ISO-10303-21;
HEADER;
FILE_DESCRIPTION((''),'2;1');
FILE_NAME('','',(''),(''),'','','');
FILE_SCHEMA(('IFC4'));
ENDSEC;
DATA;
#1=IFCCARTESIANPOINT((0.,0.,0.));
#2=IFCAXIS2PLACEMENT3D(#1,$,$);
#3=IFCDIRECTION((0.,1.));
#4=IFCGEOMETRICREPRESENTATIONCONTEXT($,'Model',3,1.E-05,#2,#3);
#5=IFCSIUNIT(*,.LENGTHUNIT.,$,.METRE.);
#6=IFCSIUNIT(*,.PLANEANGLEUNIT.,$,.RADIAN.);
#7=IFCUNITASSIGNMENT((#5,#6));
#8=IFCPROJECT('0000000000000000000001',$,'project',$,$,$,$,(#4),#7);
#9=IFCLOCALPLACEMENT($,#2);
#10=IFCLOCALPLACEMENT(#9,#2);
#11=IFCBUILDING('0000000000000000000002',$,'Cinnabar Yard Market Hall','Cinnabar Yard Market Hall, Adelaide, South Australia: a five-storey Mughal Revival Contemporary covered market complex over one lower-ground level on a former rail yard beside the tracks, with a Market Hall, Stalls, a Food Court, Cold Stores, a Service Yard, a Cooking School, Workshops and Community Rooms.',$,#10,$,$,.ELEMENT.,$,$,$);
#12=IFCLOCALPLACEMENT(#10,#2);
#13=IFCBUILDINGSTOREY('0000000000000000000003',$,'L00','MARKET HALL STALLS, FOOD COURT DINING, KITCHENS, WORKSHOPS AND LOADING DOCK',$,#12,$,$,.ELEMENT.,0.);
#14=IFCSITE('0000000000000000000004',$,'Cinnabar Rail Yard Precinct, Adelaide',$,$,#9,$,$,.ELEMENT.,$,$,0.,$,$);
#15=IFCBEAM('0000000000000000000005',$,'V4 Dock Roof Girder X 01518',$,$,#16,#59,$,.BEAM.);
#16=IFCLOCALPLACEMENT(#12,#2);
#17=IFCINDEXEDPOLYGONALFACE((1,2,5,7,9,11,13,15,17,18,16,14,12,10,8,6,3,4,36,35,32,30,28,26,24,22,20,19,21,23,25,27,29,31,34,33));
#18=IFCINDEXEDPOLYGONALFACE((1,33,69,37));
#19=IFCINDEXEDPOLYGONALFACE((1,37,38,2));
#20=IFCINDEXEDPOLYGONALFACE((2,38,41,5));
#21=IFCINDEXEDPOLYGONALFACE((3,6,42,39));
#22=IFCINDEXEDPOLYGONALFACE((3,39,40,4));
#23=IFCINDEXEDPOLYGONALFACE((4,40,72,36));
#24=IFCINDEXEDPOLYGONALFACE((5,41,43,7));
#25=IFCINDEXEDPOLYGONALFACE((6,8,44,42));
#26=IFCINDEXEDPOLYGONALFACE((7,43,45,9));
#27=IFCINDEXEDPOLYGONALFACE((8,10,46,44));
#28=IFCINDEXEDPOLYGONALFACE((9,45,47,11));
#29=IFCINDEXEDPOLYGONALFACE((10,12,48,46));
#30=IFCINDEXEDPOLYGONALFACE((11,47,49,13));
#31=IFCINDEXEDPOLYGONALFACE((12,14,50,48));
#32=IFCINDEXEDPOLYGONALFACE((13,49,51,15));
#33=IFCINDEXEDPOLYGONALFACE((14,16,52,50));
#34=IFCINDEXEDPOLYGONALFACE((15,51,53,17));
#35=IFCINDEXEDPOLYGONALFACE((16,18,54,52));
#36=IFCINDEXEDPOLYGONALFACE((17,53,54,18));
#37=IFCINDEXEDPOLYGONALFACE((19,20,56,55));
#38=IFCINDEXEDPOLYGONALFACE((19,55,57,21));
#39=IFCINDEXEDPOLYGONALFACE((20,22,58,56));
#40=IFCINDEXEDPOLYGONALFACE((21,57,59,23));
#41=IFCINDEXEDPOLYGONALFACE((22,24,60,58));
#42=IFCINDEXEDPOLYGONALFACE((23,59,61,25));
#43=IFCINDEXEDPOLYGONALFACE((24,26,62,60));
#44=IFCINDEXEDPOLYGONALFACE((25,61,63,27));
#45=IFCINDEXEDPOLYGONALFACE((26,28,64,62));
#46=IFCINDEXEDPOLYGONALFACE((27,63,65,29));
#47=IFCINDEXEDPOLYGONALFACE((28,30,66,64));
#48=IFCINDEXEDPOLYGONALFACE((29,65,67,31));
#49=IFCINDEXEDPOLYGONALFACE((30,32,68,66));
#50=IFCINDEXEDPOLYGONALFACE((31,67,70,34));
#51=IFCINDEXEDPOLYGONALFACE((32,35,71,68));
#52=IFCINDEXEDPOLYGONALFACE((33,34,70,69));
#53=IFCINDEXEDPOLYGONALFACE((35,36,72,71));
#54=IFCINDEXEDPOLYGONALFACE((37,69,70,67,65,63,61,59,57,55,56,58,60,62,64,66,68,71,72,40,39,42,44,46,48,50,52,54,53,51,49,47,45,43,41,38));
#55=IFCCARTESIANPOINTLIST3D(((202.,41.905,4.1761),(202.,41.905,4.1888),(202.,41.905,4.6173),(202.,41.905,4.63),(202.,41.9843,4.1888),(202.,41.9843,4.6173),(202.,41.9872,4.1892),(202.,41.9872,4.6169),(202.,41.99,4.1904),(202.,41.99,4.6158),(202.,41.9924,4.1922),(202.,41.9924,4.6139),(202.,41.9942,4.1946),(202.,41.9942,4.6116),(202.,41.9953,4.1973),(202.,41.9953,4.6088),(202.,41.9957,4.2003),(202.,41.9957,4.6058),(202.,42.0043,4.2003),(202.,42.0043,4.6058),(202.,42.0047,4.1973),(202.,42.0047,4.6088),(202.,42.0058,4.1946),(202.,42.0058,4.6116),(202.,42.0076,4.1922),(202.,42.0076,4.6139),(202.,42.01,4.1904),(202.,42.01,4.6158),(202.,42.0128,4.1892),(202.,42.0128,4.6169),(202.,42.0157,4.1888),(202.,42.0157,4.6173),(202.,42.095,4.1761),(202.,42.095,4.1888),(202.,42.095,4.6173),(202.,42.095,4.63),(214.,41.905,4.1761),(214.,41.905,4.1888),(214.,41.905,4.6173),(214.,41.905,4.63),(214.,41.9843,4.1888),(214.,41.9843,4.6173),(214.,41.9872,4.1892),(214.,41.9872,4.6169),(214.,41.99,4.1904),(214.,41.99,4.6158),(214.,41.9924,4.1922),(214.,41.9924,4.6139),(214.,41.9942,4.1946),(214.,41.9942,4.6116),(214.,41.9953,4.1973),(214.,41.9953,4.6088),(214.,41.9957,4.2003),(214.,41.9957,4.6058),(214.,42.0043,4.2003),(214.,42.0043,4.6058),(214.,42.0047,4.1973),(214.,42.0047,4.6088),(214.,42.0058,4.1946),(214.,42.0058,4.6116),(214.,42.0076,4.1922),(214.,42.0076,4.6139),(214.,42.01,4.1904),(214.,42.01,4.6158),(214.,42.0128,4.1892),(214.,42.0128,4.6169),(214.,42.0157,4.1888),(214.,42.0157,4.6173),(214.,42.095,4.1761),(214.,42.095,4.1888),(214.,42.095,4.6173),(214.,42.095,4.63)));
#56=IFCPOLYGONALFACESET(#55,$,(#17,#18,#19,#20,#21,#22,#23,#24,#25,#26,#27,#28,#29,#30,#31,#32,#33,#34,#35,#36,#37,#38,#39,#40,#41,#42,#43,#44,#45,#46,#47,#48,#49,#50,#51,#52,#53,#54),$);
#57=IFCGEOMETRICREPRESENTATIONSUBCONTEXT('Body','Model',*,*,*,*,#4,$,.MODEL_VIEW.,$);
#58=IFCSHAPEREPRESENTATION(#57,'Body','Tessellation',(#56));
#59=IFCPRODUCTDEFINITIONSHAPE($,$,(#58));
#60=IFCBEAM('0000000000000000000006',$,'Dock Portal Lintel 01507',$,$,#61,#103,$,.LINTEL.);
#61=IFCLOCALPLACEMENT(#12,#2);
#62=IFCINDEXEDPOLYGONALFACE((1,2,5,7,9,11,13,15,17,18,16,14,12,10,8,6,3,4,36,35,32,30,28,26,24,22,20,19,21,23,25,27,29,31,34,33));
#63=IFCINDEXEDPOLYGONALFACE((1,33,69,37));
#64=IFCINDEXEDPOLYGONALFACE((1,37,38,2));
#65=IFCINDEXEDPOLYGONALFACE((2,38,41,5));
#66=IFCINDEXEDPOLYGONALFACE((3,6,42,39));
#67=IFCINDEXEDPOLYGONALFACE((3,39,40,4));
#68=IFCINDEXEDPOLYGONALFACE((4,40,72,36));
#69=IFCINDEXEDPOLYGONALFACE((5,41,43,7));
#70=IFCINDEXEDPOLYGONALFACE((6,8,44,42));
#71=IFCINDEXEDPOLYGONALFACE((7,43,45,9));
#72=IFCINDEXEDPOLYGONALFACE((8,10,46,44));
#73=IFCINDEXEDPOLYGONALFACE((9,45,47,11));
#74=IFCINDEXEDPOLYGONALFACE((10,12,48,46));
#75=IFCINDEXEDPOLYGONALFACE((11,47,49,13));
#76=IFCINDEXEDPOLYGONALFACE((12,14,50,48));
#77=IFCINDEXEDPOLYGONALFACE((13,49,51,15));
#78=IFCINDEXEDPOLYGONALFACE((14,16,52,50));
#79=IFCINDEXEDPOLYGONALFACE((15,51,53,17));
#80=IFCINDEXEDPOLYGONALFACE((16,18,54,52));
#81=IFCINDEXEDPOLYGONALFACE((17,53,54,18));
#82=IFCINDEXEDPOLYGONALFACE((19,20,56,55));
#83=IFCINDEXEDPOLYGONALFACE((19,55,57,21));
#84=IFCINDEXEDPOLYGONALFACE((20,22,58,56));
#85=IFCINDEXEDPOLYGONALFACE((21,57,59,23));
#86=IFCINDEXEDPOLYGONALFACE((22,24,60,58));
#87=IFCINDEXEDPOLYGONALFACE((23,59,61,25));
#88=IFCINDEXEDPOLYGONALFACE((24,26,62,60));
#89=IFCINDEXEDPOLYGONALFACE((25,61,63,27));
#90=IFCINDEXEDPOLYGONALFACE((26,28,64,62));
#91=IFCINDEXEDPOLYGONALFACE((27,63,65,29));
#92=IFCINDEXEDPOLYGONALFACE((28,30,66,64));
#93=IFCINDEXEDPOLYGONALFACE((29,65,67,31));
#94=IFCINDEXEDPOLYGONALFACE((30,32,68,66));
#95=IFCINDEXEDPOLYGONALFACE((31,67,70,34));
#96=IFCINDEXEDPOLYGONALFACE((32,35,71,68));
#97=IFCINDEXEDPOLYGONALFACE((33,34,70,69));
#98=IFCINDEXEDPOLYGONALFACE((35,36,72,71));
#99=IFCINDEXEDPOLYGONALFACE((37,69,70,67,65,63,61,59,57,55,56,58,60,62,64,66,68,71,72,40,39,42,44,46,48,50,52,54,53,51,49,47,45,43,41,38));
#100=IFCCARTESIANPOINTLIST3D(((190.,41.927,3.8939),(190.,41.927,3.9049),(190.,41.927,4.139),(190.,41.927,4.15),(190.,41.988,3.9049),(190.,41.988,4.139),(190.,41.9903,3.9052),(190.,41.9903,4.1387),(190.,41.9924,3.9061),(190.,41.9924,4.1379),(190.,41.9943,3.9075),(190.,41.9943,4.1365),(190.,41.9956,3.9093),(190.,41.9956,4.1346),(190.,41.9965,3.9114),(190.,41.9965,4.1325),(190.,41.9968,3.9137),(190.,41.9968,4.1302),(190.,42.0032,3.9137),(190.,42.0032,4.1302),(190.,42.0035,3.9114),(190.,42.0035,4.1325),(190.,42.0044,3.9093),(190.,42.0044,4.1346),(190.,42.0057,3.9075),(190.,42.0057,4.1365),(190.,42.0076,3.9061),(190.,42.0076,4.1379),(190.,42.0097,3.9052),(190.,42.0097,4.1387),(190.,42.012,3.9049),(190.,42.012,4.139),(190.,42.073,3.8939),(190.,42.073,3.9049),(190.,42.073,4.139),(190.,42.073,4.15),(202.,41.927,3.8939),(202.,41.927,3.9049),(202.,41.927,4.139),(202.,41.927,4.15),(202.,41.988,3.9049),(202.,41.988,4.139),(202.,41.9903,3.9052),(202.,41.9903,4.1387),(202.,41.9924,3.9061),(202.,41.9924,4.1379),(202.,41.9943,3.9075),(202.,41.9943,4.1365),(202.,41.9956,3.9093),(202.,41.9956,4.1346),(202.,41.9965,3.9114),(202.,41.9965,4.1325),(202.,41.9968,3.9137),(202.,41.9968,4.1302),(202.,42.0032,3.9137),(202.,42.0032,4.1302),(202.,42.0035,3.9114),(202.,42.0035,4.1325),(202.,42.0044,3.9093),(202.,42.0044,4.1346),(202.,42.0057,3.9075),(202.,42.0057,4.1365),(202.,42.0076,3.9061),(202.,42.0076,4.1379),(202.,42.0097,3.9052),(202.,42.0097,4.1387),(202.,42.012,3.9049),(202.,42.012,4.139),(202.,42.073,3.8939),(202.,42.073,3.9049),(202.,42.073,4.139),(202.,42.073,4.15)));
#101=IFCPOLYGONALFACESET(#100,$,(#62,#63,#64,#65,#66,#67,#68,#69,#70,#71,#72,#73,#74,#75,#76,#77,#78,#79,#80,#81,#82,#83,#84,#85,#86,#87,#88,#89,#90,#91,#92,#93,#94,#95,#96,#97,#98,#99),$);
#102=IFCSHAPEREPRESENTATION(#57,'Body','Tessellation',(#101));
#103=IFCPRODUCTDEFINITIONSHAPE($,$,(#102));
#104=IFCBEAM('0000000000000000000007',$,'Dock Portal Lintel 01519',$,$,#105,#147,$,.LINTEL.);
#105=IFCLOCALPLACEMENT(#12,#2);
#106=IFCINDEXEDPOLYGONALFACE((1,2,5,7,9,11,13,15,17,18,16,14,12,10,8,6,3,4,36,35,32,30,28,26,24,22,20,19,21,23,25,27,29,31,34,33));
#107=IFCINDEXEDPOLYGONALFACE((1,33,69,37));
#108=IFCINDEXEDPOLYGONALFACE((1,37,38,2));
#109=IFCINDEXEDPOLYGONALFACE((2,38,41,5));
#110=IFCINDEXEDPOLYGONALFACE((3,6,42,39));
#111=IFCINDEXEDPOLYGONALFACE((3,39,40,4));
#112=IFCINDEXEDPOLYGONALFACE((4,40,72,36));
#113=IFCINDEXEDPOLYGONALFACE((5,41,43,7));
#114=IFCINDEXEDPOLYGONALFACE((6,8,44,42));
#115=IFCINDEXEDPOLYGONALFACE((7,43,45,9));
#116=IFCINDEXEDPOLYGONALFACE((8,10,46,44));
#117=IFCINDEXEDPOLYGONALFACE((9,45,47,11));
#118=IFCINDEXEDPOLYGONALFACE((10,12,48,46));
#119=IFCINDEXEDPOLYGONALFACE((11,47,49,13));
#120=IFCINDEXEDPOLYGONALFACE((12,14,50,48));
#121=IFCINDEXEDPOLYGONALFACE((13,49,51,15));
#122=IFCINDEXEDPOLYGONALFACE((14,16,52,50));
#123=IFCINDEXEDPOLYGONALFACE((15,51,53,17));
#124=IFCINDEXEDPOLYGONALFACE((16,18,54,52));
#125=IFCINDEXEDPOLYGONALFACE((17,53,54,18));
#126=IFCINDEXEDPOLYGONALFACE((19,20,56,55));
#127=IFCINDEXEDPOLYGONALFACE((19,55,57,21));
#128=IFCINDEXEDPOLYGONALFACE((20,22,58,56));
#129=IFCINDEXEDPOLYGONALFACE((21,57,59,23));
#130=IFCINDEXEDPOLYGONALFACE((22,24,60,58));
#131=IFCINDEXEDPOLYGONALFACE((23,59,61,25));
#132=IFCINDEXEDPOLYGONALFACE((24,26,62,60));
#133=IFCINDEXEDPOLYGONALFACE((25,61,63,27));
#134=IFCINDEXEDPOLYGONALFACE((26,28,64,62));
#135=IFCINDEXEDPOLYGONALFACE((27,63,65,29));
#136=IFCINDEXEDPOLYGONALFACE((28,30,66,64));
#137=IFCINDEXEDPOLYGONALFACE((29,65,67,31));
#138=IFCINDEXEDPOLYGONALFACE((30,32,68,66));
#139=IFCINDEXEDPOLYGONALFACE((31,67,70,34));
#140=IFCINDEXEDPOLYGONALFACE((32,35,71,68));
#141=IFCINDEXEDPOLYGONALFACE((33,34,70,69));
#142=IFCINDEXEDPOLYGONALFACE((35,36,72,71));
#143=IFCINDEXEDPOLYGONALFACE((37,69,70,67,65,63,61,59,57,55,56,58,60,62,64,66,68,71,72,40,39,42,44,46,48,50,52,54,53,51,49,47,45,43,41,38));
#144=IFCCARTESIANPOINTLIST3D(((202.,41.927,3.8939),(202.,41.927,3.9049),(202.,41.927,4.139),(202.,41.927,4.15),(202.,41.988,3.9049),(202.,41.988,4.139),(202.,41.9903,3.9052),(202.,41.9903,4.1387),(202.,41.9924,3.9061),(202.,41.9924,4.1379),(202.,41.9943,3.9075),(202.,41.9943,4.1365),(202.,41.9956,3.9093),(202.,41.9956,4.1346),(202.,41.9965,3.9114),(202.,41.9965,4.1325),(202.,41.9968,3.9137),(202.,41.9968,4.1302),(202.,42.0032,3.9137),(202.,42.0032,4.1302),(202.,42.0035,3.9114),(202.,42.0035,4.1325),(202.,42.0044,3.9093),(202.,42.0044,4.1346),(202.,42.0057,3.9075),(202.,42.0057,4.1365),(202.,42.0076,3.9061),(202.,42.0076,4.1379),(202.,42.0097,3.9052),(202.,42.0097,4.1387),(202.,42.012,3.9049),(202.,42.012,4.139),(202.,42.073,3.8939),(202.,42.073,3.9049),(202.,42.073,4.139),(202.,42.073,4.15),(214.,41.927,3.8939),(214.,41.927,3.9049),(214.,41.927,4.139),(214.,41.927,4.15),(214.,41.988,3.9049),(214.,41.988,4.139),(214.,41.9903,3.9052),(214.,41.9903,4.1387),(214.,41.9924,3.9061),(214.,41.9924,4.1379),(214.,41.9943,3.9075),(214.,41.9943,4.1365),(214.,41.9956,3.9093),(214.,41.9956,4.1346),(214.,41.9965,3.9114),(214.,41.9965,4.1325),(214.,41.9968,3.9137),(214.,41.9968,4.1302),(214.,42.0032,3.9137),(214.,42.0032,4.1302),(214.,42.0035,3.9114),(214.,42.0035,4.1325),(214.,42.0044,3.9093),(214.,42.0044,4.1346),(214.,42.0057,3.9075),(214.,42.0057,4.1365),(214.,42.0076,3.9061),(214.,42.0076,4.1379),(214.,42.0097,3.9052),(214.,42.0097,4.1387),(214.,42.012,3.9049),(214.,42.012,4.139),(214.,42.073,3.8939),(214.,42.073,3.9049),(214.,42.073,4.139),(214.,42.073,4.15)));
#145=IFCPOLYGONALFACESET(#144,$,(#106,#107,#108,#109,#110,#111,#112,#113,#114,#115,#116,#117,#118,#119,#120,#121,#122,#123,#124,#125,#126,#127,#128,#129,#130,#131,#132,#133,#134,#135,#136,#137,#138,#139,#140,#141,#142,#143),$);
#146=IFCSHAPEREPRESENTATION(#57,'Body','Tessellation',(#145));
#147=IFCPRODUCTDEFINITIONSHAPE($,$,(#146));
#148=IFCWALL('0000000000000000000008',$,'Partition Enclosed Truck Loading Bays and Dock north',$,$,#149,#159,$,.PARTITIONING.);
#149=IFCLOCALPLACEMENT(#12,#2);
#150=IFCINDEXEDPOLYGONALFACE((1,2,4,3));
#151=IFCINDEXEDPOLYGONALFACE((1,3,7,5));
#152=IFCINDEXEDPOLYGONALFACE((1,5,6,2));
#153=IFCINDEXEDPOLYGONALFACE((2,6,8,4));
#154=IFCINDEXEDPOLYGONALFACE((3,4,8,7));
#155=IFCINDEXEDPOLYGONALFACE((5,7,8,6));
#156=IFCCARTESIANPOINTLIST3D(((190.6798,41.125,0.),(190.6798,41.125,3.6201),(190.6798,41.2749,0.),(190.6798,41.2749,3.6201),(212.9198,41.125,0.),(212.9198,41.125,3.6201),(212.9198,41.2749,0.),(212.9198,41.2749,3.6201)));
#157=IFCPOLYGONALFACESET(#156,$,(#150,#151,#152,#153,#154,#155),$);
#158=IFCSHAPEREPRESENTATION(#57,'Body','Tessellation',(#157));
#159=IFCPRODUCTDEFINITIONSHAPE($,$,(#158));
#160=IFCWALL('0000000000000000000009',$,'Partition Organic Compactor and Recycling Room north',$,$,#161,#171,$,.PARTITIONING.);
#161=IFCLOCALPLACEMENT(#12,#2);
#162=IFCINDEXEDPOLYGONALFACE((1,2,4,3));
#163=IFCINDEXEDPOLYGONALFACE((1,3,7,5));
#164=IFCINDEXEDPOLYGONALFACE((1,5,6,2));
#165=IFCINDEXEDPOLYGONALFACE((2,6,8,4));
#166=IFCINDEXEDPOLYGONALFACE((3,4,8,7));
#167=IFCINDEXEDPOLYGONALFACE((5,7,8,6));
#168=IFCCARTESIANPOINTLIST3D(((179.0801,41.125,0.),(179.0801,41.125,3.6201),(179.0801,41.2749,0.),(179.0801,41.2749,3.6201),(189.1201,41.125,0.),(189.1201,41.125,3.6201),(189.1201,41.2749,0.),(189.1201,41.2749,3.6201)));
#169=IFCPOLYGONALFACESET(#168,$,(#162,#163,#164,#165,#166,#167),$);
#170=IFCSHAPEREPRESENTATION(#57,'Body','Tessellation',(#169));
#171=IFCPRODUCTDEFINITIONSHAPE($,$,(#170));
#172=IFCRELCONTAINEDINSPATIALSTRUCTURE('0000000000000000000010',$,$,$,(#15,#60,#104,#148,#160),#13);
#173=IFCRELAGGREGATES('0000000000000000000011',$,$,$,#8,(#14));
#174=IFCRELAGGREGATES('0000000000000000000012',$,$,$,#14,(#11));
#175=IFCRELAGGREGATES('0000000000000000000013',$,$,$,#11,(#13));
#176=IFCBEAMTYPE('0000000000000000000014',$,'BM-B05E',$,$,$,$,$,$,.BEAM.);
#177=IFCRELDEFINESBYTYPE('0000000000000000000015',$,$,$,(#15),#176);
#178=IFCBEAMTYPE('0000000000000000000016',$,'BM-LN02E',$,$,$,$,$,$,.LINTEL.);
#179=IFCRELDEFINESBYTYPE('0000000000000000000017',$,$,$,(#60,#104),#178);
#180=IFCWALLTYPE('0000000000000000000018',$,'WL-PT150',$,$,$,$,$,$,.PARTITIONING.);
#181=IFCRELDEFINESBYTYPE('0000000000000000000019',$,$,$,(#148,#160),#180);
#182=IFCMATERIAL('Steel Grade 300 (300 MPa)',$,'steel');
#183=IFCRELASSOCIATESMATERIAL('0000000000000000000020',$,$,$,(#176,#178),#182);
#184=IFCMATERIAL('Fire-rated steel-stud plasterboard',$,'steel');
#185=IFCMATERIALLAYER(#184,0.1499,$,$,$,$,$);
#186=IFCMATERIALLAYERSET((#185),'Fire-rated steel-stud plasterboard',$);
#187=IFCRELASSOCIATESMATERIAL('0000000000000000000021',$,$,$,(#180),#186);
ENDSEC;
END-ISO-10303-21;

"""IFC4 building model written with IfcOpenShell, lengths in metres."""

from ifc_helpers import new_model, si_unit, direction, frame, frame_2d, origin, origin_2d_with_axis, place, context, subcontext, project, spatial, rectangle, i_section, extrude, material, layer, layer_set, material_profile, profile_set, type_object, element, save


model = new_model("IFC4")

# Units and contexts
model_context = context("Model", 3, precision=1e-05, world=origin(), true_north=direction((0.0, 1.0)))
body_context = subcontext(model_context, "Body", "Model", "MODEL_VIEW")
ifc_project = project(units=[si_unit("LENGTHUNIT", "METRE"), si_unit("PLANEANGLEUNIT", "RADIAN")], contexts=[model_context])

# Site, building, storey
site_placement = place(None, origin())
site = spatial("IfcSite", under=ifc_project, at=site_placement, Name="Cinnabar Rail Yard Precinct, Adelaide", CompositionType="ELEMENT", RefElevation=0.0)
building_placement = place(site_placement, origin())
building = spatial("IfcBuilding", under=site, at=building_placement, Name="Cinnabar Yard Market Hall", Description="Cinnabar Yard Market Hall, Adelaide, South Australia: a five-storey Mughal Revival Contemporary covered market complex over one lower-ground level on a former rail yard beside the tracks, with a Market Hall, Stalls, a Food Court, Cold Stores, a Service Yard, a Cooking School, Workshops and Community Rooms.", CompositionType="ELEMENT")
storey_placement = place(building_placement, origin())
storey = spatial("IfcBuildingStorey", under=building, at=storey_placement, Name="L00", Description="MARKET HALL STALLS, FOOD COURT DINING, KITCHENS, WORKSHOPS AND LOADING DOCK", CompositionType="ELEMENT", Elevation=0.0)

# Shared definitions
ifc_material_1 = material(Name="Steel Grade 300 (300 MPa)", Category="steel")

# Beams
ifc_material_profile_1 = material_profile(ifc_material_1, i_section(OverallWidth=0.1899, OverallDepth=0.4539, WebThickness=0.0085, FlangeThickness=0.0127, FilletRadius=0.0115, at=origin_2d_with_axis()), Name="460UB67.1")
ifc_profile_set_1 = profile_set([ifc_material_profile_1], Name="Steel Grade 300 (300 MPa)")
beam_type_1 = type_object("IfcBeamType", Name="BM-B05E", PredefinedType="BEAM", material=ifc_profile_set_1)
for number, where, z_axis, x_axis, name in (
    (1, (202.0, 42.0, 4.4031), (1.0, 0.0, 0.0), (0.0, 1.0, 0.0), "V4 Dock Roof Girder X 01518"),
):
    element("IfcBeam", number, at=place(storey_placement, frame(where, z_axis=z_axis, x_axis=x_axis)), inside=storey, type_object=beam_type_1, Name=name, PredefinedType="BEAM", context=body_context, shape_type="SweptSolid", body=[
        extrude(i_section(OverallWidth=0.1899, OverallDepth=0.4539, WebThickness=0.0085, FlangeThickness=0.0127, FilletRadius=0.0115, at=origin_2d_with_axis()), origin(), (0.0, 0.0, 1.0), 12.0),
    ])
ifc_material_profile_2 = material_profile(ifc_material_1, i_section(OverallWidth=0.146, OverallDepth=0.2561, WebThickness=0.0063, FlangeThickness=0.011, FilletRadius=0.0088, at=origin_2d_with_axis()), Name="250UB37.3")
ifc_profile_set_2 = profile_set([ifc_material_profile_2], Name="Steel Grade 300 (300 MPa)")
beam_type_2 = type_object("IfcBeamType", Name="BM-LN02E", PredefinedType="LINTEL", material=ifc_profile_set_2)
for number, where, z_axis, x_axis, name in (
    (2, (190.0, 42.0, 4.022), (1.0, 0.0, 0.0), (0.0, 1.0, 0.0), "Dock Portal Lintel 01507"),
    (3, (202.0, 42.0, 4.022), (1.0, 0.0, 0.0), (0.0, 1.0, 0.0), "Dock Portal Lintel 01519"),
):
    element("IfcBeam", number, at=place(storey_placement, frame(where, z_axis=z_axis, x_axis=x_axis)), inside=storey, type_object=beam_type_2, Name=name, PredefinedType="LINTEL", context=body_context, shape_type="SweptSolid", body=[
        extrude(i_section(OverallWidth=0.146, OverallDepth=0.2561, WebThickness=0.0063, FlangeThickness=0.011, FilletRadius=0.0088, at=origin_2d_with_axis()), origin(), (0.0, 0.0, 1.0), 12.0),
    ])

# Walls
ifc_material_2 = material(Name="Fire-rated steel-stud plasterboard", Category="steel")
ifc_layer_1 = layer(ifc_material_2, 0.1499)
ifc_layer_set_1 = layer_set([ifc_layer_1], Name="Fire-rated steel-stud plasterboard")
wall_type_1 = type_object("IfcWallType", Name="WL-PT150", PredefinedType="PARTITIONING", material=ifc_layer_set_1)
wall_1_placement = place(storey_placement, frame((212.9199, 41.2, 0.0), z_axis=(0.0, 0.0, 1.0), x_axis=(-1.0, 0.0, 0.0)))
element("IfcWall", 4, at=wall_1_placement, inside=storey, type_object=wall_type_1, Name="Partition Enclosed Truck Loading Bays and Dock north", PredefinedType="PARTITIONING", context=body_context, shape_type="SweptSolid", body=[
    extrude(rectangle(XDim=22.24, YDim=0.1499, at=frame_2d((11.1201, 0.0), x_axis=(1.0, 0.0))), origin(), (0.0, 0.0, 1.0), 3.6201),
])
wall_2_placement = place(storey_placement, frame((189.1201, 41.2, 0.0), z_axis=(0.0, 0.0, 1.0), x_axis=(-1.0, 0.0, 0.0)))
element("IfcWall", 5, at=wall_2_placement, inside=storey, type_object=wall_type_1, Name="Partition Organic Compactor and Recycling Room north", PredefinedType="PARTITIONING", context=body_context, shape_type="SweptSolid", body=[
    extrude(rectangle(XDim=10.04, YDim=0.1499, at=frame_2d((5.02, 0.0), x_axis=(1.0, 0.0))), origin(), (0.0, 0.0, 1.0), 3.6201),
])

save(model, "model.ifc")
